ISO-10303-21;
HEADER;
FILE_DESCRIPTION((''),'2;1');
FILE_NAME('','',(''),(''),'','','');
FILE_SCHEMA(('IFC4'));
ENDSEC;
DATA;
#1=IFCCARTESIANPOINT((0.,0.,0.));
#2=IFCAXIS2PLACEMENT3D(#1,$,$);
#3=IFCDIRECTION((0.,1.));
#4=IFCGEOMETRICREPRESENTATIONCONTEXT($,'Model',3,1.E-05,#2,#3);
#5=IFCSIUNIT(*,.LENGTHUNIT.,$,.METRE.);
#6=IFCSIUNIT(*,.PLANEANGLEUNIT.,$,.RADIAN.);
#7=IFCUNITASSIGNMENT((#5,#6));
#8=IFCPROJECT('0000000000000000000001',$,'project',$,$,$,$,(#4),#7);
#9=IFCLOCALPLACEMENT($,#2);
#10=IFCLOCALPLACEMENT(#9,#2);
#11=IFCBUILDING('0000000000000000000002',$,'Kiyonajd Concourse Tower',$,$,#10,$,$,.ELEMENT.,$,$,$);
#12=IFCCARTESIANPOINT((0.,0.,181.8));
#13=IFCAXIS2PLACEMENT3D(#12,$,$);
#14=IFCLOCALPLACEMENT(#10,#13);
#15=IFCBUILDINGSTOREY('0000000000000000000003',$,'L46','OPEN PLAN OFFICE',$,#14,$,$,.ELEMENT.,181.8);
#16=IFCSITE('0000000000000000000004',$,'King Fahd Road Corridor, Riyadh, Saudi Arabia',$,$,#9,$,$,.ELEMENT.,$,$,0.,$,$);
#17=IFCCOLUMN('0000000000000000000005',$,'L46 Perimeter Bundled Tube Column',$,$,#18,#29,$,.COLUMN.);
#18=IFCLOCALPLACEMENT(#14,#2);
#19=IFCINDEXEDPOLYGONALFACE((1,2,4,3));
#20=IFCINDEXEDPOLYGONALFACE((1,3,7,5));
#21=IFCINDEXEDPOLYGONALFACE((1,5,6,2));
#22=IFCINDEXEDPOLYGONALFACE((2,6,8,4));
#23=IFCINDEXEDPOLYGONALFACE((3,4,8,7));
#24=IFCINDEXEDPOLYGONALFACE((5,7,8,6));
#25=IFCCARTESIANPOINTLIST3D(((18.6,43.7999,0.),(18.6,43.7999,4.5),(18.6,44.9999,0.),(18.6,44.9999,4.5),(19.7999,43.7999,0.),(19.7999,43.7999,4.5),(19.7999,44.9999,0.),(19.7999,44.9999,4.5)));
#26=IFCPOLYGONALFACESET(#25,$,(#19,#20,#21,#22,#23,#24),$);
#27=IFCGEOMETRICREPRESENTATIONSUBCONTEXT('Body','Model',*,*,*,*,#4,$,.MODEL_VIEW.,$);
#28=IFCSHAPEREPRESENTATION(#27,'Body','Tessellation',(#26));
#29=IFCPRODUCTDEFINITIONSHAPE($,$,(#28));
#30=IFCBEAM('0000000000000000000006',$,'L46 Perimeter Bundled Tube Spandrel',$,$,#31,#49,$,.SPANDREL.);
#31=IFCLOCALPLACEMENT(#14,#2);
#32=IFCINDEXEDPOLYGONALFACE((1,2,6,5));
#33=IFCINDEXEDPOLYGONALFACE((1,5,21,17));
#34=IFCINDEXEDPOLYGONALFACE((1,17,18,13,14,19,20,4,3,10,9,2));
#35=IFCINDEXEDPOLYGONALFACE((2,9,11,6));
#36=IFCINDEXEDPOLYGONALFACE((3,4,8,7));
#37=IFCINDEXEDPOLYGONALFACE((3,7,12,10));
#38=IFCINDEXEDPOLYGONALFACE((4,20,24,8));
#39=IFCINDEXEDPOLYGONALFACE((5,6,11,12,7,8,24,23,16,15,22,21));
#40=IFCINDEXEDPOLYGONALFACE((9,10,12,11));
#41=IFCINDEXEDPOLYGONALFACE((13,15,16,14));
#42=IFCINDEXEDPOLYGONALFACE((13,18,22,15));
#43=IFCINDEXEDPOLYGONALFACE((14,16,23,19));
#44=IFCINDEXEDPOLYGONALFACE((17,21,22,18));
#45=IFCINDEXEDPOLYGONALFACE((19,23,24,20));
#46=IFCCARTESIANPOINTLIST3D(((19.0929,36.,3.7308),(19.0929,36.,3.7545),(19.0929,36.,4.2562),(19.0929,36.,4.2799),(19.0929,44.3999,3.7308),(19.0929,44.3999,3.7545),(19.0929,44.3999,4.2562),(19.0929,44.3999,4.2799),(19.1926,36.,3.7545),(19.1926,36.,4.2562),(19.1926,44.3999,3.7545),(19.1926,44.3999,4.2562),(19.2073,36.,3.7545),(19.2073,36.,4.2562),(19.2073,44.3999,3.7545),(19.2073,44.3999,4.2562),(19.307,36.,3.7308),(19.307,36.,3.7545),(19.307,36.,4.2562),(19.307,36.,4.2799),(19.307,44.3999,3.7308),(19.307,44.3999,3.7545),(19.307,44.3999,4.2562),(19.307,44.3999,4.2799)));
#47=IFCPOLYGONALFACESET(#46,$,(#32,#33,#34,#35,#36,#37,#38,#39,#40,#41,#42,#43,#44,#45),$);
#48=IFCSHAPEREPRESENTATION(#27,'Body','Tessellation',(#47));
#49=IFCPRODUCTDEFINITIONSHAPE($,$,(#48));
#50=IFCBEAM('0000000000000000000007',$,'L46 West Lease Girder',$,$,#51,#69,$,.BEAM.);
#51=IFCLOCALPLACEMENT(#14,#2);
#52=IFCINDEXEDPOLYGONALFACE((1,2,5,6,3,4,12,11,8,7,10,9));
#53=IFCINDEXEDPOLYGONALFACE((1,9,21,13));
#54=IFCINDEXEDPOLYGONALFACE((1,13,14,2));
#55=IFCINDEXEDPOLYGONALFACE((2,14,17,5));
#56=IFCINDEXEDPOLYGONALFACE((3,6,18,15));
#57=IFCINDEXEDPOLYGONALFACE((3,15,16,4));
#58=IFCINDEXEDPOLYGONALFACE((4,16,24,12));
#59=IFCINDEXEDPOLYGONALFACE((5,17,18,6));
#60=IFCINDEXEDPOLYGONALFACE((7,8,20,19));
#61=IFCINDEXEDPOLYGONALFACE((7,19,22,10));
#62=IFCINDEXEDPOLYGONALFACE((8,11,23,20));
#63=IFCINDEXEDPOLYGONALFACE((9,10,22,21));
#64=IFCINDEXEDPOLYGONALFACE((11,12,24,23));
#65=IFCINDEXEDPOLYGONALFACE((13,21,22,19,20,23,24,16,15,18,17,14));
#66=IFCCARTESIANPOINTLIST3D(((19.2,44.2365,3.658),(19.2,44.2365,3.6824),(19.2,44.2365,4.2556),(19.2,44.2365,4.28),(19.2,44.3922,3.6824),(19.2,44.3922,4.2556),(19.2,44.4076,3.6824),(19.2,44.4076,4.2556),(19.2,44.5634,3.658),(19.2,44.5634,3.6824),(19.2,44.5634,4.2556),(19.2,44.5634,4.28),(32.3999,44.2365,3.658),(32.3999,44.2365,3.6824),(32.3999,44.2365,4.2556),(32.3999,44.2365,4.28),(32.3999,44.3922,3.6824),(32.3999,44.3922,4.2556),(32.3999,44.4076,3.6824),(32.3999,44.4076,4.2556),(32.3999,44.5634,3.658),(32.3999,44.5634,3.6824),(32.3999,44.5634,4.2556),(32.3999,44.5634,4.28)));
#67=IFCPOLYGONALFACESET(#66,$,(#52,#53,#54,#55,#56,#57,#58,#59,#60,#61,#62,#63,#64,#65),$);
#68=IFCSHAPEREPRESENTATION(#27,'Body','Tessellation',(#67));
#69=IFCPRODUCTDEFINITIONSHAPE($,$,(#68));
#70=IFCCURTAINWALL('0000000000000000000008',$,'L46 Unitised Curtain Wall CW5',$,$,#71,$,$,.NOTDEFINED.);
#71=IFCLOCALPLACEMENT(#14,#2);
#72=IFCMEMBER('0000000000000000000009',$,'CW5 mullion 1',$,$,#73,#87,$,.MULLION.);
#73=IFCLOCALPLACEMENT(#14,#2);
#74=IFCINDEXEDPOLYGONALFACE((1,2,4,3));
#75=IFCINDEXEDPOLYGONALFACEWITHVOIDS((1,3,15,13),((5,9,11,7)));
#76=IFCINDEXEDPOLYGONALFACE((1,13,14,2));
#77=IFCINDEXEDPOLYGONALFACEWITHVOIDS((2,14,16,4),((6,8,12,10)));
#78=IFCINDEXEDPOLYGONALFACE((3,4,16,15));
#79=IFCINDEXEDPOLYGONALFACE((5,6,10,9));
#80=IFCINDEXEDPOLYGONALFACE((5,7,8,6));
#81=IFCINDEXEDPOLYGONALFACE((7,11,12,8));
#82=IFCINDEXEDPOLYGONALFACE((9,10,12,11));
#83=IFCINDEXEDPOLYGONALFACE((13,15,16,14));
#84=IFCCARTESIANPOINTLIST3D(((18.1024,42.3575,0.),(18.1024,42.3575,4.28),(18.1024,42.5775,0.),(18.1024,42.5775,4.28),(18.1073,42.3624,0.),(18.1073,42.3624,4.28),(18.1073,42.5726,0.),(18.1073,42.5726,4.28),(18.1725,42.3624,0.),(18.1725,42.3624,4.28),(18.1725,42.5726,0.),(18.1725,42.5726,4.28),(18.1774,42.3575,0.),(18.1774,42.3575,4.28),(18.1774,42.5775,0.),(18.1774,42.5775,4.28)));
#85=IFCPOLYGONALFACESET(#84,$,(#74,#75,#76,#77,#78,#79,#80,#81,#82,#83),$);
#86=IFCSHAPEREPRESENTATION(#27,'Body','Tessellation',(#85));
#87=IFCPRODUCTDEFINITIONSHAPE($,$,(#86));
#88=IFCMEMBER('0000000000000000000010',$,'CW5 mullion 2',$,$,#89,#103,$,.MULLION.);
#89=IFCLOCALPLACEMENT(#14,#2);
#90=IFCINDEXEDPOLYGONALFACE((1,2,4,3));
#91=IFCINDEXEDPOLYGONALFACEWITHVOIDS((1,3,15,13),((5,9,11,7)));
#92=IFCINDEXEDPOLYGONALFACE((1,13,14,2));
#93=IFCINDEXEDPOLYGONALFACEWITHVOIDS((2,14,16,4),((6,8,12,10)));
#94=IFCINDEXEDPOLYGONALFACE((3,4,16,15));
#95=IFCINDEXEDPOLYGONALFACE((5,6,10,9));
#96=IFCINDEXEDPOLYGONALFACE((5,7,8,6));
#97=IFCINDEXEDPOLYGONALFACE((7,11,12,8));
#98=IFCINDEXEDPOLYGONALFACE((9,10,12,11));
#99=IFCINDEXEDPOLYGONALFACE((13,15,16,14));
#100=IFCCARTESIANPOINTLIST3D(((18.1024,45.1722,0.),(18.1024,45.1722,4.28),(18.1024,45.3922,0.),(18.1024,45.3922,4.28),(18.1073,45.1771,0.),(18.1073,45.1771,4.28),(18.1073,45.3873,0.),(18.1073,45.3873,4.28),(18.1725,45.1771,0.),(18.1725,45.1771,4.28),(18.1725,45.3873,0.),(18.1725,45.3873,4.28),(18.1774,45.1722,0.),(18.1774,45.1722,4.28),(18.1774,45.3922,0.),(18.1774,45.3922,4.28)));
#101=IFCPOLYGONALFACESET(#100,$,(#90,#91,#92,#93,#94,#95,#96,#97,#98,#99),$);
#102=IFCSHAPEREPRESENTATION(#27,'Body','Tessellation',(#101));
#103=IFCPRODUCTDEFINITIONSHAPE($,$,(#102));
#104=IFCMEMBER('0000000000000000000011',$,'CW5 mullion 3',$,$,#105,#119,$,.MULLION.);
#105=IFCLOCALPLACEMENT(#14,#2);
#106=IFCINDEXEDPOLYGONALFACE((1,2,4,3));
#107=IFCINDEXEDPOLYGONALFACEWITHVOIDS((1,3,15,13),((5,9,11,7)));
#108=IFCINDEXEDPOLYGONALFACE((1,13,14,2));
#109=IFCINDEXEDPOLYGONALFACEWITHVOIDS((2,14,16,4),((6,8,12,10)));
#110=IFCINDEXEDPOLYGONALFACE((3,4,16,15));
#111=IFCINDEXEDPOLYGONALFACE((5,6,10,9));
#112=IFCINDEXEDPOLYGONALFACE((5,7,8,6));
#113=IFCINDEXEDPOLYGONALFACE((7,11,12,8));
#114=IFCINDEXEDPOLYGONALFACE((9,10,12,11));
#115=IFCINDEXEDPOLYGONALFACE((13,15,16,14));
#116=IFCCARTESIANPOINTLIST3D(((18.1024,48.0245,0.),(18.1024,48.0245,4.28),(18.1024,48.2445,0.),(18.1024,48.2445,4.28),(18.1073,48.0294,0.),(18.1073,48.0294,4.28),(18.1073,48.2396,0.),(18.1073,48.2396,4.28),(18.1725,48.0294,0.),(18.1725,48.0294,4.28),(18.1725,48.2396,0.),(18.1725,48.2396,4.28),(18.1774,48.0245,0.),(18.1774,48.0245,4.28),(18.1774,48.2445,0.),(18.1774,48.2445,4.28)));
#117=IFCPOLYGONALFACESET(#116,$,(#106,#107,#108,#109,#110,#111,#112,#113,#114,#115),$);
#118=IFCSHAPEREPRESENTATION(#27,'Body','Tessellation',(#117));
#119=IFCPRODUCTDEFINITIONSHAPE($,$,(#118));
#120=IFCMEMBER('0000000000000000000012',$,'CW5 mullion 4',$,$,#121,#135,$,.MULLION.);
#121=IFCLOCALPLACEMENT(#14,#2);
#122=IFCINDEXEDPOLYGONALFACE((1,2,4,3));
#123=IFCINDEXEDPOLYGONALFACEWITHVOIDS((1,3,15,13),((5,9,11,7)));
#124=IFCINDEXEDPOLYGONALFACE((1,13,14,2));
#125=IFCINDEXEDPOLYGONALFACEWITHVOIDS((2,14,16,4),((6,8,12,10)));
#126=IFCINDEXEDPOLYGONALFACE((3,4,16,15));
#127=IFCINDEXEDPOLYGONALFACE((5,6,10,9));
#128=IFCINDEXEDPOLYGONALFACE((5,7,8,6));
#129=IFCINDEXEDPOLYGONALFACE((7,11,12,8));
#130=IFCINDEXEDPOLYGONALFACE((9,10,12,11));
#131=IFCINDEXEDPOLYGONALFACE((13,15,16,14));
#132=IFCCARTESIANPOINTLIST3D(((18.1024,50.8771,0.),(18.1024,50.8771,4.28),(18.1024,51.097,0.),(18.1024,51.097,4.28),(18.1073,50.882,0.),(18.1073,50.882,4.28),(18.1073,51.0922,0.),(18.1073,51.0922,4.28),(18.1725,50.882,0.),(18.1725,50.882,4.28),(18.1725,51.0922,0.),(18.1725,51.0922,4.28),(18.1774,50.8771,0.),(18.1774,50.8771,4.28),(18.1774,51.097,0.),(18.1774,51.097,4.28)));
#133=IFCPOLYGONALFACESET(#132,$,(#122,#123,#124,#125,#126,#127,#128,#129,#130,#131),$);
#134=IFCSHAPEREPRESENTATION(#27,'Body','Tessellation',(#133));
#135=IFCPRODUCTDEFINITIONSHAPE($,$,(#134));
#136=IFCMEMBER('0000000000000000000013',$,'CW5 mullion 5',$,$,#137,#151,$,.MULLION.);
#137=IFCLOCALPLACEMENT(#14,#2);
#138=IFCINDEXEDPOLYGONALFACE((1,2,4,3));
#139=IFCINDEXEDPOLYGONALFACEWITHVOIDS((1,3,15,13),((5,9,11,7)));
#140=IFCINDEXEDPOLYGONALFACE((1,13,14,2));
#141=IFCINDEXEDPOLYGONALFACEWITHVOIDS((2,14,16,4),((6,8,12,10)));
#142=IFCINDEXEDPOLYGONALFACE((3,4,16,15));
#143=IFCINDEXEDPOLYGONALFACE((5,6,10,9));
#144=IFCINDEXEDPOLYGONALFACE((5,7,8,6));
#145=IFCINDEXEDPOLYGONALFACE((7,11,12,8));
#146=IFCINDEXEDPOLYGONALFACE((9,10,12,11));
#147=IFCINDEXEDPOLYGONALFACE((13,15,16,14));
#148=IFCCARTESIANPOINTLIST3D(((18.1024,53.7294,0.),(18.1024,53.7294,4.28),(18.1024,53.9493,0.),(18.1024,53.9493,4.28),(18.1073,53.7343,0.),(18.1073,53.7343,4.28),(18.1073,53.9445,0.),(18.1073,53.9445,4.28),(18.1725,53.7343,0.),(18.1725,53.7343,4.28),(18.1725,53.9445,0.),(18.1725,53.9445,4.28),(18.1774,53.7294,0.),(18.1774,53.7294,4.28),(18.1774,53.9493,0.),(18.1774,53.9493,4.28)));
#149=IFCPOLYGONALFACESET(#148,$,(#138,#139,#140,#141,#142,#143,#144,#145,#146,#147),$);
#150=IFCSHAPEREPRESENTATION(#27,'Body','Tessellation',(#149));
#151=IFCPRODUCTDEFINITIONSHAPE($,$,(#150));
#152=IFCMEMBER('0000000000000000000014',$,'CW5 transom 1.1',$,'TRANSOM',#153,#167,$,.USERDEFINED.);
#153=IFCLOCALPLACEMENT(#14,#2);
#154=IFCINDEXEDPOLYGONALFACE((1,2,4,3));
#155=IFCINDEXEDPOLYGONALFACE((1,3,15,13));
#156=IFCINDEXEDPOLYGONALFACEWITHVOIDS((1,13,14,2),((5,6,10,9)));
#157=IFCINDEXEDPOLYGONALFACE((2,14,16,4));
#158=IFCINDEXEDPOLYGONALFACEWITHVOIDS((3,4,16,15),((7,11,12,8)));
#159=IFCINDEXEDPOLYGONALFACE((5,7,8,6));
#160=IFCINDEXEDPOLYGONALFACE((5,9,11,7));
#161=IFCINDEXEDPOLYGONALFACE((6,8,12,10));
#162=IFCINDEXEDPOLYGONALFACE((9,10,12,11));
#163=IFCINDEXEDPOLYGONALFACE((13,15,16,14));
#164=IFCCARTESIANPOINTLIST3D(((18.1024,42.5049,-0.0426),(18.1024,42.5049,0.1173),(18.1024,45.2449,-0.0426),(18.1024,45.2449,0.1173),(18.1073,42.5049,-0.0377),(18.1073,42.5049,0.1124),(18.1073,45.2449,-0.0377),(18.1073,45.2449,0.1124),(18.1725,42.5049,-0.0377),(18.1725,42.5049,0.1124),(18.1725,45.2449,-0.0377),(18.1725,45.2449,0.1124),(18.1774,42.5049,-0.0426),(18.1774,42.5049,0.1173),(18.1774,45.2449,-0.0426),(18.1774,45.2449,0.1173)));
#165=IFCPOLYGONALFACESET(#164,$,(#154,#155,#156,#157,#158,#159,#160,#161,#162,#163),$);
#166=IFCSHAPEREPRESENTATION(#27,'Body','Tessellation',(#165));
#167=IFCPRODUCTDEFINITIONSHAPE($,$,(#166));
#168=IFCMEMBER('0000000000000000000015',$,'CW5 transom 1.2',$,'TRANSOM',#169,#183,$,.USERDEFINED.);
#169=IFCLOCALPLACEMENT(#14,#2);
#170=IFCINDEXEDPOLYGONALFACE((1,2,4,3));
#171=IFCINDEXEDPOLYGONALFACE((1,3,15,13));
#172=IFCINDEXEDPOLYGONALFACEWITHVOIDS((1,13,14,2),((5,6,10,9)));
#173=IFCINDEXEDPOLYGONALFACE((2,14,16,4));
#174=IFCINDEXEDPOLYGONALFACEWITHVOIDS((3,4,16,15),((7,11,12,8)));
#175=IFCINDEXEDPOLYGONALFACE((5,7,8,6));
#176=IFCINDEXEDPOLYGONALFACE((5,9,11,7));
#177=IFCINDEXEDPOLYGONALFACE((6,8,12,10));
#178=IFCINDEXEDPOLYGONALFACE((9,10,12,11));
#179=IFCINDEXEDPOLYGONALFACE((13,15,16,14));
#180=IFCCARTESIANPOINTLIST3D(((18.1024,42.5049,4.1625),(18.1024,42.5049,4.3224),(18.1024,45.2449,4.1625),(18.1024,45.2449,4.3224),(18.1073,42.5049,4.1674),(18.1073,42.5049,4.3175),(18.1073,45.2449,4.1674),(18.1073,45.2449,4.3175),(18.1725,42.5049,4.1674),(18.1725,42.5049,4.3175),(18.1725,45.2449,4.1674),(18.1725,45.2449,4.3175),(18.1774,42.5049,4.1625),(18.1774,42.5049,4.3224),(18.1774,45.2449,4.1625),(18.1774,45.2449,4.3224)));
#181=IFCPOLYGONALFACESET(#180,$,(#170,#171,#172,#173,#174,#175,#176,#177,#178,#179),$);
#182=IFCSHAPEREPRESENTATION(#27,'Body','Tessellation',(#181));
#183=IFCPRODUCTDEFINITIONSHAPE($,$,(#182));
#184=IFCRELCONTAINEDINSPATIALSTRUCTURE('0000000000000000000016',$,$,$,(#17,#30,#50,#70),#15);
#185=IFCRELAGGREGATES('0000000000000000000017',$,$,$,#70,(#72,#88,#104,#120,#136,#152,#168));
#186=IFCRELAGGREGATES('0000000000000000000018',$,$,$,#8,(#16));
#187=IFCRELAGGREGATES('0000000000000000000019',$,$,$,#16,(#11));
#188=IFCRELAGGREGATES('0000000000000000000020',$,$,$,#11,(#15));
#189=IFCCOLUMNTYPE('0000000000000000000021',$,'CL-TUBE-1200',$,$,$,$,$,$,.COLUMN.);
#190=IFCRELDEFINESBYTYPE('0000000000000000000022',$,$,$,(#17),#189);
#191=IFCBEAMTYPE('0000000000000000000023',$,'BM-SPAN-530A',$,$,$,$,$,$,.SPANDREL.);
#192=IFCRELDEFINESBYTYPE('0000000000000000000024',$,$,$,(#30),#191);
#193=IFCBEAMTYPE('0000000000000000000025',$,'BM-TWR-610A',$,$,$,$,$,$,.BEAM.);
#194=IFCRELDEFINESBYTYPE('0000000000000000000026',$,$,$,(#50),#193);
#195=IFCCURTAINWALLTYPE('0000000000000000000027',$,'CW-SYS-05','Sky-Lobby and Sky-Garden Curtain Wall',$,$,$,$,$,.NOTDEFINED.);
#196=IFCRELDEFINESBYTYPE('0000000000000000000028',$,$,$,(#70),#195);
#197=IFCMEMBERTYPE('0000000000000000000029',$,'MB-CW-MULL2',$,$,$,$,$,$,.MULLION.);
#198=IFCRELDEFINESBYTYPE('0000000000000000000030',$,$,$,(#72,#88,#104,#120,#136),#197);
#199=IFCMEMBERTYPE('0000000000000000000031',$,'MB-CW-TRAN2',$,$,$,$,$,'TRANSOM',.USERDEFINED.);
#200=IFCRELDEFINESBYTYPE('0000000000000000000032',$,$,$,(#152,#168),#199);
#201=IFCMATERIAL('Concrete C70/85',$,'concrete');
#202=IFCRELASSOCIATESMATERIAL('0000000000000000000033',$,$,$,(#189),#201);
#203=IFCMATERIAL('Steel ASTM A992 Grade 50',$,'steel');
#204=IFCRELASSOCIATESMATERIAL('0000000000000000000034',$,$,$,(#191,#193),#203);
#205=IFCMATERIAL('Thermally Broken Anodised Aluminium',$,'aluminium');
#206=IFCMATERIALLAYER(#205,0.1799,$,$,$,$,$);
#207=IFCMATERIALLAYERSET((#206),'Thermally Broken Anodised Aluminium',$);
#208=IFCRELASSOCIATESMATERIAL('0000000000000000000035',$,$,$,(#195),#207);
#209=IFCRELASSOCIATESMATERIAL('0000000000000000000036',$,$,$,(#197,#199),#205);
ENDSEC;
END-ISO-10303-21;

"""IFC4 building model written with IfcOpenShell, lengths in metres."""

from ifc_helpers import new_model, si_unit, direction, frame, origin, origin_2d, place, context, subcontext, project, spatial, rectangle, hollow_rectangle, i_section, extrude, material, layer, layer_set, material_profile, profile_set, type_object, element, aggregate, save


model = new_model("IFC4")

# Units and contexts
model_context = context("Model", 3, precision=1e-05, world=origin(), true_north=direction((0.0, 1.0)))
body_context = subcontext(model_context, "Body", "Model", "MODEL_VIEW")
ifc_project = project(units=[si_unit("LENGTHUNIT", "METRE"), si_unit("PLANEANGLEUNIT", "RADIAN")], contexts=[model_context])

# Site, building, storey
site_placement = place(None, origin())
site = spatial("IfcSite", under=ifc_project, at=site_placement, Name="King Fahd Road Corridor, Riyadh, Saudi Arabia", CompositionType="ELEMENT", RefElevation=0.0)
building_placement = place(site_placement, origin())
building = spatial("IfcBuilding", under=site, at=building_placement, Name="Kiyonajd Concourse Tower", CompositionType="ELEMENT")
storey_placement = place(building_placement, frame((0.0, 0.0, 181.8)))
storey = spatial("IfcBuildingStorey", under=building, at=storey_placement, Name="L46", Description="OPEN PLAN OFFICE", CompositionType="ELEMENT", Elevation=181.8)

# Column
ifc_material_1 = material(Name="Concrete C70/85", Category="concrete")
ifc_material_profile_1 = material_profile(ifc_material_1, rectangle(XDim=1.2, YDim=1.2, at=origin_2d()), Name="RC-1200x1200")
ifc_profile_set_1 = profile_set([ifc_material_profile_1], Name="Concrete C70/85")
column_type = type_object("IfcColumnType", Name="CL-TUBE-1200", PredefinedType="COLUMN", material=ifc_profile_set_1)
column_placement = place(storey_placement, frame((19.2, 44.3999, 0.0), z_axis=(0.0, 0.0, 1.0), x_axis=(1.0, 0.0, 0.0)))
element("IfcColumn", 1, at=column_placement, inside=storey, type_object=column_type, Name="L46 Perimeter Bundled Tube Column", PredefinedType="COLUMN", context=body_context, shape_type="SweptSolid", body=[
    extrude(rectangle(XDim=1.2, YDim=1.2, at=origin_2d()), origin(), (0.0, 0.0, 1.0), 4.5),
])

# Beams
ifc_material_2 = material(Name="Steel ASTM A992 Grade 50", Category="steel")
ifc_material_profile_2 = material_profile(ifc_material_2, i_section(OverallWidth=0.2141, OverallDepth=0.5491, WebThickness=0.0146, FlangeThickness=0.0237, at=origin_2d()), Name="W530X138")
ifc_profile_set_2 = profile_set([ifc_material_profile_2], Name="Steel ASTM A992 Grade 50")
beam_type_1 = type_object("IfcBeamType", Name="BM-SPAN-530A", PredefinedType="SPANDREL", material=ifc_profile_set_2)
beam_1_placement = place(storey_placement, frame((19.2, 44.3999, 4.0054), z_axis=(0.0, -1.0, 0.0), x_axis=(1.0, 0.0, 0.0)))
element("IfcBeam", 2, at=beam_1_placement, inside=storey, type_object=beam_type_1, Name="L46 Perimeter Bundled Tube Spandrel", PredefinedType="SPANDREL", context=body_context, shape_type="SweptSolid", body=[
    extrude(i_section(OverallWidth=0.2141, OverallDepth=0.5491, WebThickness=0.0146, FlangeThickness=0.0237, at=origin_2d()), origin(), (0.0, 0.0, 1.0), 8.3999),
])
ifc_material_profile_3 = material_profile(ifc_material_2, i_section(OverallWidth=0.3269, OverallDepth=0.6221, WebThickness=0.0154, FlangeThickness=0.0244, at=origin_2d()), Name="W610X195")
ifc_profile_set_3 = profile_set([ifc_material_profile_3], Name="Steel ASTM A992 Grade 50")
beam_type_2 = type_object("IfcBeamType", Name="BM-TWR-610A", PredefinedType="BEAM", material=ifc_profile_set_3)
beam_2_placement = place(storey_placement, frame((19.2, 44.3999, 3.969), z_axis=(1.0, 0.0, 0.0), x_axis=(0.0, 1.0, 0.0)))
element("IfcBeam", 3, at=beam_2_placement, inside=storey, type_object=beam_type_2, Name="L46 West Lease Girder", PredefinedType="BEAM", context=body_context, shape_type="SweptSolid", body=[
    extrude(i_section(OverallWidth=0.3269, OverallDepth=0.6221, WebThickness=0.0154, FlangeThickness=0.0244, at=origin_2d()), origin(), (0.0, 0.0, 1.0), 13.2),
])

# Curtain wall, members
ifc_material_3 = material(Name="Thermally Broken Anodised Aluminium", Category="aluminium")
ifc_layer_1 = layer(ifc_material_3, 0.1799)
ifc_layer_set_1 = layer_set([ifc_layer_1], Name="Thermally Broken Anodised Aluminium")
curtain_wall_type = type_object("IfcCurtainWallType", Name="CW-SYS-05", Description="Sky-Lobby and Sky-Garden Curtain Wall", PredefinedType="NOTDEFINED", material=ifc_layer_set_1)
curtain_wall_placement = place(storey_placement, origin())
curtain_wall = element("IfcCurtainWall", 4, at=curtain_wall_placement, inside=storey, type_object=curtain_wall_type, Name="L46 Unitised Curtain Wall CW5", PredefinedType="NOTDEFINED")
ifc_material_profile_4 = material_profile(ifc_material_3, hollow_rectangle(XDim=0.075, YDim=0.22, WallThickness=0.0049, at=origin_2d()), Name="MULL-75x220")
ifc_profile_set_4 = profile_set([ifc_material_profile_4], Name="Thermally Broken Anodised Aluminium")
member_type_1 = type_object("IfcMemberType", Name="MB-CW-MULL2", PredefinedType="MULLION", material=ifc_profile_set_4)
member_1_placement = place(storey_placement, frame((18.1399, 42.4675, 0.0), z_axis=(0.0, 0.0, 1.0), x_axis=(-1.0, 0.0, 0.0)))
member_1 = element("IfcMember", 5, at=member_1_placement, type_object=member_type_1, Name="CW5 mullion 1", PredefinedType="MULLION", context=body_context, shape_type="SweptSolid", body=[
    extrude(hollow_rectangle(XDim=0.075, YDim=0.22, WallThickness=0.0049, at=origin_2d()), origin(), (0.0, 0.0, 1.0), 4.28),
])
member_2_placement = place(storey_placement, frame((18.1399, 45.2822, 0.0), z_axis=(0.0, 0.0, 1.0), x_axis=(-1.0, 0.0, 0.0)))
member_2 = element("IfcMember", 6, at=member_2_placement, type_object=member_type_1, Name="CW5 mullion 2", PredefinedType="MULLION", context=body_context, shape_type="SweptSolid", body=[
    extrude(hollow_rectangle(XDim=0.075, YDim=0.22, WallThickness=0.0049, at=origin_2d()), origin(), (0.0, 0.0, 1.0), 4.28),
])
member_3_placement = place(storey_placement, frame((18.1399, 48.1345, 0.0), z_axis=(0.0, 0.0, 1.0), x_axis=(-1.0, 0.0, 0.0)))
member_3 = element("IfcMember", 7, at=member_3_placement, type_object=member_type_1, Name="CW5 mullion 3", PredefinedType="MULLION", context=body_context, shape_type="SweptSolid", body=[
    extrude(hollow_rectangle(XDim=0.075, YDim=0.22, WallThickness=0.0049, at=origin_2d()), origin(), (0.0, 0.0, 1.0), 4.28),
])
member_4_placement = place(storey_placement, frame((18.1399, 50.9871, 0.0), z_axis=(0.0, 0.0, 1.0), x_axis=(-1.0, 0.0, 0.0)))
member_4 = element("IfcMember", 8, at=member_4_placement, type_object=member_type_1, Name="CW5 mullion 4", PredefinedType="MULLION", context=body_context, shape_type="SweptSolid", body=[
    extrude(hollow_rectangle(XDim=0.075, YDim=0.22, WallThickness=0.0049, at=origin_2d()), origin(), (0.0, 0.0, 1.0), 4.28),
])
member_5_placement = place(storey_placement, frame((18.1399, 53.8394, 0.0), z_axis=(0.0, 0.0, 1.0), x_axis=(-1.0, 0.0, 0.0)))
member_5 = element("IfcMember", 9, at=member_5_placement, type_object=member_type_1, Name="CW5 mullion 5", PredefinedType="MULLION", context=body_context, shape_type="SweptSolid", body=[
    extrude(hollow_rectangle(XDim=0.075, YDim=0.22, WallThickness=0.0049, at=origin_2d()), origin(), (0.0, 0.0, 1.0), 4.28),
])
ifc_material_profile_5 = material_profile(ifc_material_3, hollow_rectangle(XDim=0.075, YDim=0.1599, WallThickness=0.0049, at=origin_2d()), Name="TRAN-75x160")
ifc_profile_set_5 = profile_set([ifc_material_profile_5], Name="Thermally Broken Anodised Aluminium")
member_type_2 = type_object("IfcMemberType", Name="MB-CW-TRAN2", ElementType="TRANSOM", PredefinedType="USERDEFINED", material=ifc_profile_set_5)
member_6_placement = place(storey_placement, frame((18.1399, 42.5049, 0.0374), z_axis=(0.0, 1.0, 0.0), x_axis=(-1.0, 0.0, 0.0)))
member_6 = element("IfcMember", 10, at=member_6_placement, type_object=member_type_2, Name="CW5 transom 1.1", ObjectType="TRANSOM", PredefinedType="USERDEFINED", context=body_context, shape_type="SweptSolid", body=[
    extrude(hollow_rectangle(XDim=0.075, YDim=0.1599, WallThickness=0.0049, at=origin_2d()), origin(), (0.0, 0.0, 1.0), 2.74),
])
member_7_placement = place(storey_placement, frame((18.1399, 42.5049, 4.2424), z_axis=(0.0, 1.0, 0.0), x_axis=(-1.0, 0.0, 0.0)))
member_7 = element("IfcMember", 11, at=member_7_placement, type_object=member_type_2, Name="CW5 transom 1.2", ObjectType="TRANSOM", PredefinedType="USERDEFINED", context=body_context, shape_type="SweptSolid", body=[
    extrude(hollow_rectangle(XDim=0.075, YDim=0.1599, WallThickness=0.0049, at=origin_2d()), origin(), (0.0, 0.0, 1.0), 2.74),
])

aggregate(curtain_wall, [member_1, member_2, member_3, member_4, member_5, member_6, member_7])

save(model, "model.ifc")
